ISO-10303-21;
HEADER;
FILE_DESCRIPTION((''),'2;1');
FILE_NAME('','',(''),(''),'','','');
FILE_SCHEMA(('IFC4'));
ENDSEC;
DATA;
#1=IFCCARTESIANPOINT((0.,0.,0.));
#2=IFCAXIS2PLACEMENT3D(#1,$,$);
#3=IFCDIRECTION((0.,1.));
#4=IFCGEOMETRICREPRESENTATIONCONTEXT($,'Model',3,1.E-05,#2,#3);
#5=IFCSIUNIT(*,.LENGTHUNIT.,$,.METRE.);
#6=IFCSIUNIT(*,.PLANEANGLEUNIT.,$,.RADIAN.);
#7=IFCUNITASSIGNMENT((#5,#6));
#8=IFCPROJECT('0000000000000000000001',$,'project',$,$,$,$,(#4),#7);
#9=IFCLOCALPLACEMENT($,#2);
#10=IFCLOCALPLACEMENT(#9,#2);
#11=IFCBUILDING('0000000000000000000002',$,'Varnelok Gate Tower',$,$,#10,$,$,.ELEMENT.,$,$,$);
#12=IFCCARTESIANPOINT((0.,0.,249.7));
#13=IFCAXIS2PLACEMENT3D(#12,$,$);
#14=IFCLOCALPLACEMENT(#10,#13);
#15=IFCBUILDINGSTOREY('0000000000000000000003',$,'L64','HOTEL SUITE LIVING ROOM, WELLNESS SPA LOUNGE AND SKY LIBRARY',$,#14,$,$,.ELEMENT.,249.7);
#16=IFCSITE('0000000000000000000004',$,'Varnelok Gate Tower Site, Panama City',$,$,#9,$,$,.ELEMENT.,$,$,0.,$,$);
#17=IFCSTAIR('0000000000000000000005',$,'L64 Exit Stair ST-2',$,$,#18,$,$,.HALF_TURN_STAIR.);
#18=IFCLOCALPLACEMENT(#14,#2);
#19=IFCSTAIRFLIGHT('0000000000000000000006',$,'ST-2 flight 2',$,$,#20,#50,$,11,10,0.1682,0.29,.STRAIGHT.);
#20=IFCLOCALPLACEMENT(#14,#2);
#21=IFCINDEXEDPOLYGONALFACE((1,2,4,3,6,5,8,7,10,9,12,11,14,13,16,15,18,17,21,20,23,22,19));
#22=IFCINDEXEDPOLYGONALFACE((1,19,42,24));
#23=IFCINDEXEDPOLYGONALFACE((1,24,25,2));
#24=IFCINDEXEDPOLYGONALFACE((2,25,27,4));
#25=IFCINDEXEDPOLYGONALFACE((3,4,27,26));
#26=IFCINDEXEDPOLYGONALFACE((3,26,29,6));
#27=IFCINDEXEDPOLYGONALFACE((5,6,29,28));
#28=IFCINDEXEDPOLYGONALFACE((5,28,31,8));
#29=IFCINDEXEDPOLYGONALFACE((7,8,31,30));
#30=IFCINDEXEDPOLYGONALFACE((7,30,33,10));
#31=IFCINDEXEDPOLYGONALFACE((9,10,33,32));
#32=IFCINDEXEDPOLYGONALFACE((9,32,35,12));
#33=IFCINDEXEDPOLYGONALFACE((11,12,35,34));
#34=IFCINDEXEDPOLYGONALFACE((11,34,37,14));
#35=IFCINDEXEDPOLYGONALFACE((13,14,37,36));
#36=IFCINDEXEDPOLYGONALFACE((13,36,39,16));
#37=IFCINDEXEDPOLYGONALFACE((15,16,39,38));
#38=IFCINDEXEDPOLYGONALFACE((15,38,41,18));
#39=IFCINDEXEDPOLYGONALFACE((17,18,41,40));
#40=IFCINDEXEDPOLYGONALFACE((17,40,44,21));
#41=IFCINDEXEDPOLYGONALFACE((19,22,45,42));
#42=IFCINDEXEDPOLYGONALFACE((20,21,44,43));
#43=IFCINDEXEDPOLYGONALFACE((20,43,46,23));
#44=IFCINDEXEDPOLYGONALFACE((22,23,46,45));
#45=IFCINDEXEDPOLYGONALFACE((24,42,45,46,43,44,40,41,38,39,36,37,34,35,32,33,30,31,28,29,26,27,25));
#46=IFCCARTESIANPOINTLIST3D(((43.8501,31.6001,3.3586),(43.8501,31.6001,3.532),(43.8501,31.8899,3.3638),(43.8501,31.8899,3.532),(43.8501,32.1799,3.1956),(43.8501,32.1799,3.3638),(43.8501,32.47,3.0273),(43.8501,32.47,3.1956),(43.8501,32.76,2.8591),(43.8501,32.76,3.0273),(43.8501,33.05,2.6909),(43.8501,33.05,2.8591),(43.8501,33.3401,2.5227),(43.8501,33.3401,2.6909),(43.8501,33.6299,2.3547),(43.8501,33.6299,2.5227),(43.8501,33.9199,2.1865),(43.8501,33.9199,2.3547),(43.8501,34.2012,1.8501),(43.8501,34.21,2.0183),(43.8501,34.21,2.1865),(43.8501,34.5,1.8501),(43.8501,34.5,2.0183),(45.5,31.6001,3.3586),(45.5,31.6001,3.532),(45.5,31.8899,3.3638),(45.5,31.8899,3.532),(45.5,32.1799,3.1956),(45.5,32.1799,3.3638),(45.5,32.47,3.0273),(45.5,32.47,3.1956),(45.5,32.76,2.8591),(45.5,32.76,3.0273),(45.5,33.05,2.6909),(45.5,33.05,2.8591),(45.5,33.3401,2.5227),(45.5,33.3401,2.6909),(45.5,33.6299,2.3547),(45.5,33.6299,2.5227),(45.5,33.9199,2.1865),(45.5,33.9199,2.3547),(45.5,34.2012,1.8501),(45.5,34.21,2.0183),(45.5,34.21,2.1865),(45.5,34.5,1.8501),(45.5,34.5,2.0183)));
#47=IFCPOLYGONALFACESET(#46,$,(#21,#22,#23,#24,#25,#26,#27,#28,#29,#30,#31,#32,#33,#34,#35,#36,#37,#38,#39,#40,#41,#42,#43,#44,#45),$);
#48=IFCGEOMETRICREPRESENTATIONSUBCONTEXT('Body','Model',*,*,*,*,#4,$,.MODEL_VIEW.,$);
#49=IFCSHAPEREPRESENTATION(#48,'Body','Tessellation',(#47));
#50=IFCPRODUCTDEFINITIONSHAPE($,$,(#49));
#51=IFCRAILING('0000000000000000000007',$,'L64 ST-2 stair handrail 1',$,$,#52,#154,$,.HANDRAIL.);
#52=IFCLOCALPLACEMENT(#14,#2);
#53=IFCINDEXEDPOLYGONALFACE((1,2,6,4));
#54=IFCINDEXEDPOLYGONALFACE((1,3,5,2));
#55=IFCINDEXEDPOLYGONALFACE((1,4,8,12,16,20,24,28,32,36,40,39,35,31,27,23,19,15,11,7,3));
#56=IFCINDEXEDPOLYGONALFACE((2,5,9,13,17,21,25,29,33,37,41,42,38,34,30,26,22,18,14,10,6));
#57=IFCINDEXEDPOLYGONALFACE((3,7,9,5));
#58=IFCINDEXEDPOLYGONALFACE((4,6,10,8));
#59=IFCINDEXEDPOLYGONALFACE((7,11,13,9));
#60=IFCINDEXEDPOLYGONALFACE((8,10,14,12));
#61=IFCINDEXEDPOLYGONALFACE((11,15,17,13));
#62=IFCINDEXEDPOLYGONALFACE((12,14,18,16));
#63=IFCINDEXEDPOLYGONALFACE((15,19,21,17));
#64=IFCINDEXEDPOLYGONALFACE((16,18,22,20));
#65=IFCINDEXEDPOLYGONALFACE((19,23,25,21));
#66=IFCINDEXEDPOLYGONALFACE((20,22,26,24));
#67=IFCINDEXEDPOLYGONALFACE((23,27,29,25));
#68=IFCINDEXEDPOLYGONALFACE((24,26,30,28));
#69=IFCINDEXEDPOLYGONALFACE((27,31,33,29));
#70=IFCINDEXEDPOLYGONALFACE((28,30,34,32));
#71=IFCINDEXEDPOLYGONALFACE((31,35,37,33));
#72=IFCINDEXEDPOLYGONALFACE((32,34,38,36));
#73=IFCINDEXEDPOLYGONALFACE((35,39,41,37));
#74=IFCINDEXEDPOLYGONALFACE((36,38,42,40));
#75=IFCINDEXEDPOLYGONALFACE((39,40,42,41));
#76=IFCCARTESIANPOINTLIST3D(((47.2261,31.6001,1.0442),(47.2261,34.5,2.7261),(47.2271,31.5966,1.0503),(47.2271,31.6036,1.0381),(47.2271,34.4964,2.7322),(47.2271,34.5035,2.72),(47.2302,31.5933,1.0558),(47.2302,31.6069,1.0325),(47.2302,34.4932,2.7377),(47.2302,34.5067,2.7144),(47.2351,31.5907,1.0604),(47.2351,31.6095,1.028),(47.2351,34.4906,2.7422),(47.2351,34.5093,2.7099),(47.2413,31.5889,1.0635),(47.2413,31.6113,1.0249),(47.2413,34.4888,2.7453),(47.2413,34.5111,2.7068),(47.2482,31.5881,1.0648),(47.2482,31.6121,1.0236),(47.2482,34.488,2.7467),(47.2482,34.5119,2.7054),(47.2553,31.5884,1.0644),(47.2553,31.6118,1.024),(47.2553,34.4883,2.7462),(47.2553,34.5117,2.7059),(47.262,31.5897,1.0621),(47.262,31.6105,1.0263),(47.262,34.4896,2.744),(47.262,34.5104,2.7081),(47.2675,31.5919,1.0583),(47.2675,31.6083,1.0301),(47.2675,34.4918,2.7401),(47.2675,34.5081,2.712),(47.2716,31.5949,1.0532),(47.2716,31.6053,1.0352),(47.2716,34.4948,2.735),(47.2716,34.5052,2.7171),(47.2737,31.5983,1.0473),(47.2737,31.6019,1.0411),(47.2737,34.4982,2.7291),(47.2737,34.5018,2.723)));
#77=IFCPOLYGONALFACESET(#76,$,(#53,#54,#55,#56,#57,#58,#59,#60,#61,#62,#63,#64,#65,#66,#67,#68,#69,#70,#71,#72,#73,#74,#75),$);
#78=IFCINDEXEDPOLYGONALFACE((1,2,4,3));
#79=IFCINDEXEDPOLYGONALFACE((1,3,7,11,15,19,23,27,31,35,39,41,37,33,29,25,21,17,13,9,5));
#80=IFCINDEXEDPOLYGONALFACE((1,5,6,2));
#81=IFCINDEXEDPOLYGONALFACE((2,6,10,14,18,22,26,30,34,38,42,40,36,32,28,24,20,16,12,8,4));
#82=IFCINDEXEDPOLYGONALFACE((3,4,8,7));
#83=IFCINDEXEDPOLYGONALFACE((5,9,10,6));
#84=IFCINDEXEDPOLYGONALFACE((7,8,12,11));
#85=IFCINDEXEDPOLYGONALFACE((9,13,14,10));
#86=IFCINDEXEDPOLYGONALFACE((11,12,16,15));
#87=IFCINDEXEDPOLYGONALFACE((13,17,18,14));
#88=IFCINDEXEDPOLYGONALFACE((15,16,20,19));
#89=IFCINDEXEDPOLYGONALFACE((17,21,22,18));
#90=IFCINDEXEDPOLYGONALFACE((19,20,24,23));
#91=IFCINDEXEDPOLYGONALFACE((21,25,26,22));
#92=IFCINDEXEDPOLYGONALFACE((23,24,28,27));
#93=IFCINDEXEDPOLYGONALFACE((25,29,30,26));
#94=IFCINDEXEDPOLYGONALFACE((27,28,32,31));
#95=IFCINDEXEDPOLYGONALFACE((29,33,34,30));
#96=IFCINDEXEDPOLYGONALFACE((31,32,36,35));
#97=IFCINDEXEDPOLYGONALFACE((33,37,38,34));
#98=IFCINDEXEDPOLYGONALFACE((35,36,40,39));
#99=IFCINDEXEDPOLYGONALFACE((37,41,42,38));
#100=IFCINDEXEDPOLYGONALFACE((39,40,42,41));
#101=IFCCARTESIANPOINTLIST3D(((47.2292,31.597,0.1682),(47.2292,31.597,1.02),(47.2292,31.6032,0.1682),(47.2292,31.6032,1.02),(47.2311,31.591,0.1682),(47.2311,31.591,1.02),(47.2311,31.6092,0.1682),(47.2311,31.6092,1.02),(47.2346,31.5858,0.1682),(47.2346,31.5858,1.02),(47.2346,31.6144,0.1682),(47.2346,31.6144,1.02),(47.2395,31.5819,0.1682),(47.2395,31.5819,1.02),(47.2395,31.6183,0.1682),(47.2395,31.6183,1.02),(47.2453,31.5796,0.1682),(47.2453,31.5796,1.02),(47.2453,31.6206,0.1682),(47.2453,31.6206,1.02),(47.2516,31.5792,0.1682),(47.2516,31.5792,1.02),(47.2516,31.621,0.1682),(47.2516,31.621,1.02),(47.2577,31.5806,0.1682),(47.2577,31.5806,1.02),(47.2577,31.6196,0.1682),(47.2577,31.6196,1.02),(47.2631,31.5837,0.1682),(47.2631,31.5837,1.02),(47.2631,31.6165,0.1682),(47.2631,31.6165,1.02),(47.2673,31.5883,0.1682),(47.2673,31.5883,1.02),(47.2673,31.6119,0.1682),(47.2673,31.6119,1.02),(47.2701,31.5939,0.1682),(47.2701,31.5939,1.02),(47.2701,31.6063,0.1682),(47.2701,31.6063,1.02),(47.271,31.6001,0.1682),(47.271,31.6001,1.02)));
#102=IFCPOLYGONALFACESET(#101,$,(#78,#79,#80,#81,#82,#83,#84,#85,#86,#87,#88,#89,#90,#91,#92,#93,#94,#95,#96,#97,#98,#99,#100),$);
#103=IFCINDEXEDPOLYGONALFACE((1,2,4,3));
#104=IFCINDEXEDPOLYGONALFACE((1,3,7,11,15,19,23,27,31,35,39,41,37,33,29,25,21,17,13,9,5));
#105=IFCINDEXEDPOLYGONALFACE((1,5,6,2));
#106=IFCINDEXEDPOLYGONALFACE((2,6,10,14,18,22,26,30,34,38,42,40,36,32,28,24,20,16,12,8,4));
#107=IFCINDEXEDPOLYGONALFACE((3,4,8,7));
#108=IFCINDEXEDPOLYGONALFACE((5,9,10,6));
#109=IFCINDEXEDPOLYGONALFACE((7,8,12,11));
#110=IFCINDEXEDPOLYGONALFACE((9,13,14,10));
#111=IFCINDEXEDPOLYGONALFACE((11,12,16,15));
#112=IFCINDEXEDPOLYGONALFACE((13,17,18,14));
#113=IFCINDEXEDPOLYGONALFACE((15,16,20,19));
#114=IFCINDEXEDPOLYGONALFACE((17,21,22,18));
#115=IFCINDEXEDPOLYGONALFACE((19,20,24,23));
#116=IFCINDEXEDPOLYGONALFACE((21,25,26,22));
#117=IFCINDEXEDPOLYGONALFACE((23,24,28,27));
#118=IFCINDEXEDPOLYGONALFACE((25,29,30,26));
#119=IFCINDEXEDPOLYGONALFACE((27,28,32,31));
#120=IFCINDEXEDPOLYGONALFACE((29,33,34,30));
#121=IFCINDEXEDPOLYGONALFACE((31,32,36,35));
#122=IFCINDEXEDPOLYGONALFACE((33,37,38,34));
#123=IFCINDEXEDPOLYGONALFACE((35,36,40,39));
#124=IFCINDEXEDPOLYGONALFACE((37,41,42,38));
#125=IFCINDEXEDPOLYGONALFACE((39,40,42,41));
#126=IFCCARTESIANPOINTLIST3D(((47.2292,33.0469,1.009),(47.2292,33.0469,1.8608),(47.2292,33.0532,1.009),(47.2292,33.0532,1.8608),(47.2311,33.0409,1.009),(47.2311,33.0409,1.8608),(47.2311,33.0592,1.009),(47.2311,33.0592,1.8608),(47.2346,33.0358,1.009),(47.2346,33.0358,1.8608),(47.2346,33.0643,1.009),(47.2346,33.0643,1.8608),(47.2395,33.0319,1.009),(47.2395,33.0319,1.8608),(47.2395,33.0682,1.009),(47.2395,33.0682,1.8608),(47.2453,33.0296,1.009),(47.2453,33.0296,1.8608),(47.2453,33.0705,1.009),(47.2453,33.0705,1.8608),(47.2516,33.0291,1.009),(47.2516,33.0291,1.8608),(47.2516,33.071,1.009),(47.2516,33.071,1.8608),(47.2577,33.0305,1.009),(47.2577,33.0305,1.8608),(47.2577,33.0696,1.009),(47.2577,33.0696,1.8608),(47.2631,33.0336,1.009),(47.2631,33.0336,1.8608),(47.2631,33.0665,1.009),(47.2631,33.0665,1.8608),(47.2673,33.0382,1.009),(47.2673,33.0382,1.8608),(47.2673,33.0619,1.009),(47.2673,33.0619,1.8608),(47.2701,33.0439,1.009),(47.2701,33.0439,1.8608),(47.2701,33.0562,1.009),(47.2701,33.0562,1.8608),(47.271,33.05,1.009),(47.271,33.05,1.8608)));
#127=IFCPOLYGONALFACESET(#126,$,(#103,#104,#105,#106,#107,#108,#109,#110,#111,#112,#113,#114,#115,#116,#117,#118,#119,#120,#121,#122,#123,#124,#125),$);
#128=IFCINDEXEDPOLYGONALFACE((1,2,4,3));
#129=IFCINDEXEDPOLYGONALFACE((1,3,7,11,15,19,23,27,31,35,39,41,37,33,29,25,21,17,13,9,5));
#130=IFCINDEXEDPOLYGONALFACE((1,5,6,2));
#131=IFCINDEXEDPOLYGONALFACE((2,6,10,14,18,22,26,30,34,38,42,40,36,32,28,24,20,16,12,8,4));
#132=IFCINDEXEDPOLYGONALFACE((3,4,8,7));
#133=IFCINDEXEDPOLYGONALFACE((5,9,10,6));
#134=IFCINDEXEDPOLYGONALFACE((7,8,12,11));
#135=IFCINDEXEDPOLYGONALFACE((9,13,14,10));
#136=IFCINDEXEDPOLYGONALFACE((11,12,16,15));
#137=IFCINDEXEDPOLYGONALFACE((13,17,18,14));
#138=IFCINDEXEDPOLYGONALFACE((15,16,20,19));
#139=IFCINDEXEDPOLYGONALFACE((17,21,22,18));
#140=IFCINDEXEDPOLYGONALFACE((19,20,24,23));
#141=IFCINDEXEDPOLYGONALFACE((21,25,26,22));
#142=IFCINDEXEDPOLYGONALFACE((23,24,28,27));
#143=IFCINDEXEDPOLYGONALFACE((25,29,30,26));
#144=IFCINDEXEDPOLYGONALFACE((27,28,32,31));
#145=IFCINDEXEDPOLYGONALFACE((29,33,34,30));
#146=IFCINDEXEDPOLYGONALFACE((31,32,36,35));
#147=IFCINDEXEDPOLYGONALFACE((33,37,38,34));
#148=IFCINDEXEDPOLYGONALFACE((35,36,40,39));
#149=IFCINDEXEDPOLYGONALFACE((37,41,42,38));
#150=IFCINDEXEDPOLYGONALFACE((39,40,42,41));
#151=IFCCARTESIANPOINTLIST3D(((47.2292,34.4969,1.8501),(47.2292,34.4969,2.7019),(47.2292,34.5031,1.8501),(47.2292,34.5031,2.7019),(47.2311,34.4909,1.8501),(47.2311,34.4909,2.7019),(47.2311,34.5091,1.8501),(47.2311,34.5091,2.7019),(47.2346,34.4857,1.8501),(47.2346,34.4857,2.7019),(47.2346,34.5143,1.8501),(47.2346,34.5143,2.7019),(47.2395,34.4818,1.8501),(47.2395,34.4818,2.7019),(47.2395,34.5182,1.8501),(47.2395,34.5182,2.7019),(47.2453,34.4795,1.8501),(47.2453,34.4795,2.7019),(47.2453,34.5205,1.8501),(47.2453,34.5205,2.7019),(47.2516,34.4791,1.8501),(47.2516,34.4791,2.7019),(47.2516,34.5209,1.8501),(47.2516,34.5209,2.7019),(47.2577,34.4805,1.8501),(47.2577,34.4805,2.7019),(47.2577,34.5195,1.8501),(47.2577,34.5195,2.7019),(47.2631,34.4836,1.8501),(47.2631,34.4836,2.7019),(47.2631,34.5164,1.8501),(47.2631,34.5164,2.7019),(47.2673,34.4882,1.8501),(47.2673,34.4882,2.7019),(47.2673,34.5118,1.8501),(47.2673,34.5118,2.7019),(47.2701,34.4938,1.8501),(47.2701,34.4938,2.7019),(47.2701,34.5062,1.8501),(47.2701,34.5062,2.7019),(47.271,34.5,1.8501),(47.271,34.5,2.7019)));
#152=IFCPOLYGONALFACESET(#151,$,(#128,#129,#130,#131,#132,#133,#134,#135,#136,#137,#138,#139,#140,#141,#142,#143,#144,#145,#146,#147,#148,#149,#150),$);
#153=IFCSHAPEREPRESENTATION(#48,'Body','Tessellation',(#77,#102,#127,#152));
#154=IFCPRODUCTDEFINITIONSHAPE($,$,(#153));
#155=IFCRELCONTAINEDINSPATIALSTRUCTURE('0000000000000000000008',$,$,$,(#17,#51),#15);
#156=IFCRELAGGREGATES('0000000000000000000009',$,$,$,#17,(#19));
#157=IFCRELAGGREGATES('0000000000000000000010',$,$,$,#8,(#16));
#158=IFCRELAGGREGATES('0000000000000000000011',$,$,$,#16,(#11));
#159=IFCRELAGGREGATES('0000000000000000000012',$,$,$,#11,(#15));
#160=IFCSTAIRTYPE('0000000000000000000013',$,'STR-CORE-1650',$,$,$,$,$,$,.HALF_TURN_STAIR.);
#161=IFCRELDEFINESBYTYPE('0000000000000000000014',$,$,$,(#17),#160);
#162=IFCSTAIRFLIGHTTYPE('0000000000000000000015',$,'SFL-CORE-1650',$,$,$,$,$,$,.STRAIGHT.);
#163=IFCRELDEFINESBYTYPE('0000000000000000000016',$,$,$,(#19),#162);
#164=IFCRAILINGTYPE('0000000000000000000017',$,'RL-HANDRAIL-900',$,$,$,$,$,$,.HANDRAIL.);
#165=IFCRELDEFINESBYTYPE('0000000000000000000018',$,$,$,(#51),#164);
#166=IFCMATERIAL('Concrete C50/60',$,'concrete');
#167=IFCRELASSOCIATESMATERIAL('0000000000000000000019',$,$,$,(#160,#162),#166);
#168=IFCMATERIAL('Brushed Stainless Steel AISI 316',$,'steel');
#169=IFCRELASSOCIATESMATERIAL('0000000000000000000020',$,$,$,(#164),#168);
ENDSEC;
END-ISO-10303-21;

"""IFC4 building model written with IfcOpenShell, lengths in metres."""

from ifc_helpers import new_model, si_unit, direction, frame, origin, origin_2d, place, context, subcontext, project, spatial, polyline, circle, outline, extrude, material, type_object, element, aggregate, save


model = new_model("IFC4")

# Units and contexts
model_context = context("Model", 3, precision=1e-05, world=origin(), true_north=direction((0.0, 1.0)))
body_context = subcontext(model_context, "Body", "Model", "MODEL_VIEW")
ifc_project = project(units=[si_unit("LENGTHUNIT", "METRE"), si_unit("PLANEANGLEUNIT", "RADIAN")], contexts=[model_context])

# Site, building, storey
site_placement = place(None, origin())
site = spatial("IfcSite", under=ifc_project, at=site_placement, Name="Varnelok Gate Tower Site, Panama City", CompositionType="ELEMENT", RefElevation=0.0)
building_placement = place(site_placement, origin())
building = spatial("IfcBuilding", under=site, at=building_placement, Name="Varnelok Gate Tower", CompositionType="ELEMENT")
storey_placement = place(building_placement, frame((0.0, 0.0, 249.7)))
storey = spatial("IfcBuildingStorey", under=building, at=storey_placement, Name="L64", Description="HOTEL SUITE LIVING ROOM, WELLNESS SPA LOUNGE AND SKY LIBRARY", CompositionType="ELEMENT", Elevation=249.7)

# Stair, stair flight
ifc_material_1 = material(Name="Concrete C50/60", Category="concrete")
stair_type = type_object("IfcStairType", Name="STR-CORE-1650", PredefinedType="HALF_TURN_STAIR", material=ifc_material_1)
stair_placement = place(storey_placement, origin())
stair = element("IfcStair", 1, at=stair_placement, inside=storey, type_object=stair_type, Name="L64 Exit Stair ST-2", PredefinedType="HALF_TURN_STAIR")
stair_flight_type = type_object("IfcStairFlightType", Name="SFL-CORE-1650", PredefinedType="STRAIGHT", material=ifc_material_1)
stair_flight_1_placement = place(storey_placement, frame((44.675, 34.5, 1.8501), z_axis=(0.0, 0.0, 1.0), x_axis=(0.0, -1.0, 0.0)))
stair_flight_1 = element("IfcStairFlight", 2, at=stair_flight_1_placement, type_object=stair_flight_type, Name="ST-2 flight 2", NumberOfRisers=11, NumberOfTreads=10, PredefinedType="STRAIGHT", RiserHeight=0.1682, TreadLength=0.29, context=body_context, shape_type="SweptSolid", body=[
    extrude(outline(polyline([(0.0, 0.0), (0.0, 0.1682), (0.29, 0.1682), (0.29, 0.3364), (0.5801, 0.3364), (0.5801, 0.5046), (0.8701, 0.5046), (0.8701, 0.6726), (1.1599, 0.6726), (1.1599, 0.8408), (1.45, 0.8408), (1.45, 1.009), (1.74, 1.009), (1.74, 1.1772), (2.03, 1.1772), (2.03, 1.3455), (2.3201, 1.3455), (2.3201, 1.5137), (2.6101, 1.5137), (2.6101, 1.6819), (2.8999, 1.6819), (2.8999, 1.8501), (2.8999, 1.5085), (0.2988, 0.0), (0.0, 0.0)])), frame((0.0, 0.825, 0.0), z_axis=(0.0, -1.0, 0.0), x_axis=(1.0, 0.0, 0.0)), (0.0, 0.0, 1.0), 1.6499),
])
aggregate(stair, [stair_flight_1])

# Railing
ifc_material_2 = material(Name="Brushed Stainless Steel AISI 316", Category="steel")
railing_type_1 = type_object("IfcRailingType", Name="RL-HANDRAIL-900", PredefinedType="HANDRAIL", material=ifc_material_2)
railing_1_placement = place(storey_placement, frame((47.25, 31.6001, 0.1682)))
element("IfcRailing", 3, at=railing_1_placement, inside=storey, type_object=railing_type_1, Name="L64 ST-2 stair handrail 1", PredefinedType="HANDRAIL", context=body_context, shape_type="SweptSolid", body=[
    extrude(circle(Radius=0.0239, at=origin_2d()), frame((0.0, 0.0, 0.876), z_axis=(0.0, 0.865039, 0.501705), x_axis=(-1.0, 0.0, 0.0)), (0.0, 0.0, 1.0), 3.3523),
    extrude(circle(Radius=0.021, at=origin_2d()), origin(), (0.0, 0.0, 1.0), 0.8518),
    extrude(circle(Radius=0.021, at=origin_2d()), frame((0.0, 1.45, 0.8408)), (0.0, 0.0, 1.0), 0.8518),
    extrude(circle(Radius=0.021, at=origin_2d()), frame((0.0, 2.8999, 1.6819)), (0.0, 0.0, 1.0), 0.8518),
])

save(model, "model.ifc")
